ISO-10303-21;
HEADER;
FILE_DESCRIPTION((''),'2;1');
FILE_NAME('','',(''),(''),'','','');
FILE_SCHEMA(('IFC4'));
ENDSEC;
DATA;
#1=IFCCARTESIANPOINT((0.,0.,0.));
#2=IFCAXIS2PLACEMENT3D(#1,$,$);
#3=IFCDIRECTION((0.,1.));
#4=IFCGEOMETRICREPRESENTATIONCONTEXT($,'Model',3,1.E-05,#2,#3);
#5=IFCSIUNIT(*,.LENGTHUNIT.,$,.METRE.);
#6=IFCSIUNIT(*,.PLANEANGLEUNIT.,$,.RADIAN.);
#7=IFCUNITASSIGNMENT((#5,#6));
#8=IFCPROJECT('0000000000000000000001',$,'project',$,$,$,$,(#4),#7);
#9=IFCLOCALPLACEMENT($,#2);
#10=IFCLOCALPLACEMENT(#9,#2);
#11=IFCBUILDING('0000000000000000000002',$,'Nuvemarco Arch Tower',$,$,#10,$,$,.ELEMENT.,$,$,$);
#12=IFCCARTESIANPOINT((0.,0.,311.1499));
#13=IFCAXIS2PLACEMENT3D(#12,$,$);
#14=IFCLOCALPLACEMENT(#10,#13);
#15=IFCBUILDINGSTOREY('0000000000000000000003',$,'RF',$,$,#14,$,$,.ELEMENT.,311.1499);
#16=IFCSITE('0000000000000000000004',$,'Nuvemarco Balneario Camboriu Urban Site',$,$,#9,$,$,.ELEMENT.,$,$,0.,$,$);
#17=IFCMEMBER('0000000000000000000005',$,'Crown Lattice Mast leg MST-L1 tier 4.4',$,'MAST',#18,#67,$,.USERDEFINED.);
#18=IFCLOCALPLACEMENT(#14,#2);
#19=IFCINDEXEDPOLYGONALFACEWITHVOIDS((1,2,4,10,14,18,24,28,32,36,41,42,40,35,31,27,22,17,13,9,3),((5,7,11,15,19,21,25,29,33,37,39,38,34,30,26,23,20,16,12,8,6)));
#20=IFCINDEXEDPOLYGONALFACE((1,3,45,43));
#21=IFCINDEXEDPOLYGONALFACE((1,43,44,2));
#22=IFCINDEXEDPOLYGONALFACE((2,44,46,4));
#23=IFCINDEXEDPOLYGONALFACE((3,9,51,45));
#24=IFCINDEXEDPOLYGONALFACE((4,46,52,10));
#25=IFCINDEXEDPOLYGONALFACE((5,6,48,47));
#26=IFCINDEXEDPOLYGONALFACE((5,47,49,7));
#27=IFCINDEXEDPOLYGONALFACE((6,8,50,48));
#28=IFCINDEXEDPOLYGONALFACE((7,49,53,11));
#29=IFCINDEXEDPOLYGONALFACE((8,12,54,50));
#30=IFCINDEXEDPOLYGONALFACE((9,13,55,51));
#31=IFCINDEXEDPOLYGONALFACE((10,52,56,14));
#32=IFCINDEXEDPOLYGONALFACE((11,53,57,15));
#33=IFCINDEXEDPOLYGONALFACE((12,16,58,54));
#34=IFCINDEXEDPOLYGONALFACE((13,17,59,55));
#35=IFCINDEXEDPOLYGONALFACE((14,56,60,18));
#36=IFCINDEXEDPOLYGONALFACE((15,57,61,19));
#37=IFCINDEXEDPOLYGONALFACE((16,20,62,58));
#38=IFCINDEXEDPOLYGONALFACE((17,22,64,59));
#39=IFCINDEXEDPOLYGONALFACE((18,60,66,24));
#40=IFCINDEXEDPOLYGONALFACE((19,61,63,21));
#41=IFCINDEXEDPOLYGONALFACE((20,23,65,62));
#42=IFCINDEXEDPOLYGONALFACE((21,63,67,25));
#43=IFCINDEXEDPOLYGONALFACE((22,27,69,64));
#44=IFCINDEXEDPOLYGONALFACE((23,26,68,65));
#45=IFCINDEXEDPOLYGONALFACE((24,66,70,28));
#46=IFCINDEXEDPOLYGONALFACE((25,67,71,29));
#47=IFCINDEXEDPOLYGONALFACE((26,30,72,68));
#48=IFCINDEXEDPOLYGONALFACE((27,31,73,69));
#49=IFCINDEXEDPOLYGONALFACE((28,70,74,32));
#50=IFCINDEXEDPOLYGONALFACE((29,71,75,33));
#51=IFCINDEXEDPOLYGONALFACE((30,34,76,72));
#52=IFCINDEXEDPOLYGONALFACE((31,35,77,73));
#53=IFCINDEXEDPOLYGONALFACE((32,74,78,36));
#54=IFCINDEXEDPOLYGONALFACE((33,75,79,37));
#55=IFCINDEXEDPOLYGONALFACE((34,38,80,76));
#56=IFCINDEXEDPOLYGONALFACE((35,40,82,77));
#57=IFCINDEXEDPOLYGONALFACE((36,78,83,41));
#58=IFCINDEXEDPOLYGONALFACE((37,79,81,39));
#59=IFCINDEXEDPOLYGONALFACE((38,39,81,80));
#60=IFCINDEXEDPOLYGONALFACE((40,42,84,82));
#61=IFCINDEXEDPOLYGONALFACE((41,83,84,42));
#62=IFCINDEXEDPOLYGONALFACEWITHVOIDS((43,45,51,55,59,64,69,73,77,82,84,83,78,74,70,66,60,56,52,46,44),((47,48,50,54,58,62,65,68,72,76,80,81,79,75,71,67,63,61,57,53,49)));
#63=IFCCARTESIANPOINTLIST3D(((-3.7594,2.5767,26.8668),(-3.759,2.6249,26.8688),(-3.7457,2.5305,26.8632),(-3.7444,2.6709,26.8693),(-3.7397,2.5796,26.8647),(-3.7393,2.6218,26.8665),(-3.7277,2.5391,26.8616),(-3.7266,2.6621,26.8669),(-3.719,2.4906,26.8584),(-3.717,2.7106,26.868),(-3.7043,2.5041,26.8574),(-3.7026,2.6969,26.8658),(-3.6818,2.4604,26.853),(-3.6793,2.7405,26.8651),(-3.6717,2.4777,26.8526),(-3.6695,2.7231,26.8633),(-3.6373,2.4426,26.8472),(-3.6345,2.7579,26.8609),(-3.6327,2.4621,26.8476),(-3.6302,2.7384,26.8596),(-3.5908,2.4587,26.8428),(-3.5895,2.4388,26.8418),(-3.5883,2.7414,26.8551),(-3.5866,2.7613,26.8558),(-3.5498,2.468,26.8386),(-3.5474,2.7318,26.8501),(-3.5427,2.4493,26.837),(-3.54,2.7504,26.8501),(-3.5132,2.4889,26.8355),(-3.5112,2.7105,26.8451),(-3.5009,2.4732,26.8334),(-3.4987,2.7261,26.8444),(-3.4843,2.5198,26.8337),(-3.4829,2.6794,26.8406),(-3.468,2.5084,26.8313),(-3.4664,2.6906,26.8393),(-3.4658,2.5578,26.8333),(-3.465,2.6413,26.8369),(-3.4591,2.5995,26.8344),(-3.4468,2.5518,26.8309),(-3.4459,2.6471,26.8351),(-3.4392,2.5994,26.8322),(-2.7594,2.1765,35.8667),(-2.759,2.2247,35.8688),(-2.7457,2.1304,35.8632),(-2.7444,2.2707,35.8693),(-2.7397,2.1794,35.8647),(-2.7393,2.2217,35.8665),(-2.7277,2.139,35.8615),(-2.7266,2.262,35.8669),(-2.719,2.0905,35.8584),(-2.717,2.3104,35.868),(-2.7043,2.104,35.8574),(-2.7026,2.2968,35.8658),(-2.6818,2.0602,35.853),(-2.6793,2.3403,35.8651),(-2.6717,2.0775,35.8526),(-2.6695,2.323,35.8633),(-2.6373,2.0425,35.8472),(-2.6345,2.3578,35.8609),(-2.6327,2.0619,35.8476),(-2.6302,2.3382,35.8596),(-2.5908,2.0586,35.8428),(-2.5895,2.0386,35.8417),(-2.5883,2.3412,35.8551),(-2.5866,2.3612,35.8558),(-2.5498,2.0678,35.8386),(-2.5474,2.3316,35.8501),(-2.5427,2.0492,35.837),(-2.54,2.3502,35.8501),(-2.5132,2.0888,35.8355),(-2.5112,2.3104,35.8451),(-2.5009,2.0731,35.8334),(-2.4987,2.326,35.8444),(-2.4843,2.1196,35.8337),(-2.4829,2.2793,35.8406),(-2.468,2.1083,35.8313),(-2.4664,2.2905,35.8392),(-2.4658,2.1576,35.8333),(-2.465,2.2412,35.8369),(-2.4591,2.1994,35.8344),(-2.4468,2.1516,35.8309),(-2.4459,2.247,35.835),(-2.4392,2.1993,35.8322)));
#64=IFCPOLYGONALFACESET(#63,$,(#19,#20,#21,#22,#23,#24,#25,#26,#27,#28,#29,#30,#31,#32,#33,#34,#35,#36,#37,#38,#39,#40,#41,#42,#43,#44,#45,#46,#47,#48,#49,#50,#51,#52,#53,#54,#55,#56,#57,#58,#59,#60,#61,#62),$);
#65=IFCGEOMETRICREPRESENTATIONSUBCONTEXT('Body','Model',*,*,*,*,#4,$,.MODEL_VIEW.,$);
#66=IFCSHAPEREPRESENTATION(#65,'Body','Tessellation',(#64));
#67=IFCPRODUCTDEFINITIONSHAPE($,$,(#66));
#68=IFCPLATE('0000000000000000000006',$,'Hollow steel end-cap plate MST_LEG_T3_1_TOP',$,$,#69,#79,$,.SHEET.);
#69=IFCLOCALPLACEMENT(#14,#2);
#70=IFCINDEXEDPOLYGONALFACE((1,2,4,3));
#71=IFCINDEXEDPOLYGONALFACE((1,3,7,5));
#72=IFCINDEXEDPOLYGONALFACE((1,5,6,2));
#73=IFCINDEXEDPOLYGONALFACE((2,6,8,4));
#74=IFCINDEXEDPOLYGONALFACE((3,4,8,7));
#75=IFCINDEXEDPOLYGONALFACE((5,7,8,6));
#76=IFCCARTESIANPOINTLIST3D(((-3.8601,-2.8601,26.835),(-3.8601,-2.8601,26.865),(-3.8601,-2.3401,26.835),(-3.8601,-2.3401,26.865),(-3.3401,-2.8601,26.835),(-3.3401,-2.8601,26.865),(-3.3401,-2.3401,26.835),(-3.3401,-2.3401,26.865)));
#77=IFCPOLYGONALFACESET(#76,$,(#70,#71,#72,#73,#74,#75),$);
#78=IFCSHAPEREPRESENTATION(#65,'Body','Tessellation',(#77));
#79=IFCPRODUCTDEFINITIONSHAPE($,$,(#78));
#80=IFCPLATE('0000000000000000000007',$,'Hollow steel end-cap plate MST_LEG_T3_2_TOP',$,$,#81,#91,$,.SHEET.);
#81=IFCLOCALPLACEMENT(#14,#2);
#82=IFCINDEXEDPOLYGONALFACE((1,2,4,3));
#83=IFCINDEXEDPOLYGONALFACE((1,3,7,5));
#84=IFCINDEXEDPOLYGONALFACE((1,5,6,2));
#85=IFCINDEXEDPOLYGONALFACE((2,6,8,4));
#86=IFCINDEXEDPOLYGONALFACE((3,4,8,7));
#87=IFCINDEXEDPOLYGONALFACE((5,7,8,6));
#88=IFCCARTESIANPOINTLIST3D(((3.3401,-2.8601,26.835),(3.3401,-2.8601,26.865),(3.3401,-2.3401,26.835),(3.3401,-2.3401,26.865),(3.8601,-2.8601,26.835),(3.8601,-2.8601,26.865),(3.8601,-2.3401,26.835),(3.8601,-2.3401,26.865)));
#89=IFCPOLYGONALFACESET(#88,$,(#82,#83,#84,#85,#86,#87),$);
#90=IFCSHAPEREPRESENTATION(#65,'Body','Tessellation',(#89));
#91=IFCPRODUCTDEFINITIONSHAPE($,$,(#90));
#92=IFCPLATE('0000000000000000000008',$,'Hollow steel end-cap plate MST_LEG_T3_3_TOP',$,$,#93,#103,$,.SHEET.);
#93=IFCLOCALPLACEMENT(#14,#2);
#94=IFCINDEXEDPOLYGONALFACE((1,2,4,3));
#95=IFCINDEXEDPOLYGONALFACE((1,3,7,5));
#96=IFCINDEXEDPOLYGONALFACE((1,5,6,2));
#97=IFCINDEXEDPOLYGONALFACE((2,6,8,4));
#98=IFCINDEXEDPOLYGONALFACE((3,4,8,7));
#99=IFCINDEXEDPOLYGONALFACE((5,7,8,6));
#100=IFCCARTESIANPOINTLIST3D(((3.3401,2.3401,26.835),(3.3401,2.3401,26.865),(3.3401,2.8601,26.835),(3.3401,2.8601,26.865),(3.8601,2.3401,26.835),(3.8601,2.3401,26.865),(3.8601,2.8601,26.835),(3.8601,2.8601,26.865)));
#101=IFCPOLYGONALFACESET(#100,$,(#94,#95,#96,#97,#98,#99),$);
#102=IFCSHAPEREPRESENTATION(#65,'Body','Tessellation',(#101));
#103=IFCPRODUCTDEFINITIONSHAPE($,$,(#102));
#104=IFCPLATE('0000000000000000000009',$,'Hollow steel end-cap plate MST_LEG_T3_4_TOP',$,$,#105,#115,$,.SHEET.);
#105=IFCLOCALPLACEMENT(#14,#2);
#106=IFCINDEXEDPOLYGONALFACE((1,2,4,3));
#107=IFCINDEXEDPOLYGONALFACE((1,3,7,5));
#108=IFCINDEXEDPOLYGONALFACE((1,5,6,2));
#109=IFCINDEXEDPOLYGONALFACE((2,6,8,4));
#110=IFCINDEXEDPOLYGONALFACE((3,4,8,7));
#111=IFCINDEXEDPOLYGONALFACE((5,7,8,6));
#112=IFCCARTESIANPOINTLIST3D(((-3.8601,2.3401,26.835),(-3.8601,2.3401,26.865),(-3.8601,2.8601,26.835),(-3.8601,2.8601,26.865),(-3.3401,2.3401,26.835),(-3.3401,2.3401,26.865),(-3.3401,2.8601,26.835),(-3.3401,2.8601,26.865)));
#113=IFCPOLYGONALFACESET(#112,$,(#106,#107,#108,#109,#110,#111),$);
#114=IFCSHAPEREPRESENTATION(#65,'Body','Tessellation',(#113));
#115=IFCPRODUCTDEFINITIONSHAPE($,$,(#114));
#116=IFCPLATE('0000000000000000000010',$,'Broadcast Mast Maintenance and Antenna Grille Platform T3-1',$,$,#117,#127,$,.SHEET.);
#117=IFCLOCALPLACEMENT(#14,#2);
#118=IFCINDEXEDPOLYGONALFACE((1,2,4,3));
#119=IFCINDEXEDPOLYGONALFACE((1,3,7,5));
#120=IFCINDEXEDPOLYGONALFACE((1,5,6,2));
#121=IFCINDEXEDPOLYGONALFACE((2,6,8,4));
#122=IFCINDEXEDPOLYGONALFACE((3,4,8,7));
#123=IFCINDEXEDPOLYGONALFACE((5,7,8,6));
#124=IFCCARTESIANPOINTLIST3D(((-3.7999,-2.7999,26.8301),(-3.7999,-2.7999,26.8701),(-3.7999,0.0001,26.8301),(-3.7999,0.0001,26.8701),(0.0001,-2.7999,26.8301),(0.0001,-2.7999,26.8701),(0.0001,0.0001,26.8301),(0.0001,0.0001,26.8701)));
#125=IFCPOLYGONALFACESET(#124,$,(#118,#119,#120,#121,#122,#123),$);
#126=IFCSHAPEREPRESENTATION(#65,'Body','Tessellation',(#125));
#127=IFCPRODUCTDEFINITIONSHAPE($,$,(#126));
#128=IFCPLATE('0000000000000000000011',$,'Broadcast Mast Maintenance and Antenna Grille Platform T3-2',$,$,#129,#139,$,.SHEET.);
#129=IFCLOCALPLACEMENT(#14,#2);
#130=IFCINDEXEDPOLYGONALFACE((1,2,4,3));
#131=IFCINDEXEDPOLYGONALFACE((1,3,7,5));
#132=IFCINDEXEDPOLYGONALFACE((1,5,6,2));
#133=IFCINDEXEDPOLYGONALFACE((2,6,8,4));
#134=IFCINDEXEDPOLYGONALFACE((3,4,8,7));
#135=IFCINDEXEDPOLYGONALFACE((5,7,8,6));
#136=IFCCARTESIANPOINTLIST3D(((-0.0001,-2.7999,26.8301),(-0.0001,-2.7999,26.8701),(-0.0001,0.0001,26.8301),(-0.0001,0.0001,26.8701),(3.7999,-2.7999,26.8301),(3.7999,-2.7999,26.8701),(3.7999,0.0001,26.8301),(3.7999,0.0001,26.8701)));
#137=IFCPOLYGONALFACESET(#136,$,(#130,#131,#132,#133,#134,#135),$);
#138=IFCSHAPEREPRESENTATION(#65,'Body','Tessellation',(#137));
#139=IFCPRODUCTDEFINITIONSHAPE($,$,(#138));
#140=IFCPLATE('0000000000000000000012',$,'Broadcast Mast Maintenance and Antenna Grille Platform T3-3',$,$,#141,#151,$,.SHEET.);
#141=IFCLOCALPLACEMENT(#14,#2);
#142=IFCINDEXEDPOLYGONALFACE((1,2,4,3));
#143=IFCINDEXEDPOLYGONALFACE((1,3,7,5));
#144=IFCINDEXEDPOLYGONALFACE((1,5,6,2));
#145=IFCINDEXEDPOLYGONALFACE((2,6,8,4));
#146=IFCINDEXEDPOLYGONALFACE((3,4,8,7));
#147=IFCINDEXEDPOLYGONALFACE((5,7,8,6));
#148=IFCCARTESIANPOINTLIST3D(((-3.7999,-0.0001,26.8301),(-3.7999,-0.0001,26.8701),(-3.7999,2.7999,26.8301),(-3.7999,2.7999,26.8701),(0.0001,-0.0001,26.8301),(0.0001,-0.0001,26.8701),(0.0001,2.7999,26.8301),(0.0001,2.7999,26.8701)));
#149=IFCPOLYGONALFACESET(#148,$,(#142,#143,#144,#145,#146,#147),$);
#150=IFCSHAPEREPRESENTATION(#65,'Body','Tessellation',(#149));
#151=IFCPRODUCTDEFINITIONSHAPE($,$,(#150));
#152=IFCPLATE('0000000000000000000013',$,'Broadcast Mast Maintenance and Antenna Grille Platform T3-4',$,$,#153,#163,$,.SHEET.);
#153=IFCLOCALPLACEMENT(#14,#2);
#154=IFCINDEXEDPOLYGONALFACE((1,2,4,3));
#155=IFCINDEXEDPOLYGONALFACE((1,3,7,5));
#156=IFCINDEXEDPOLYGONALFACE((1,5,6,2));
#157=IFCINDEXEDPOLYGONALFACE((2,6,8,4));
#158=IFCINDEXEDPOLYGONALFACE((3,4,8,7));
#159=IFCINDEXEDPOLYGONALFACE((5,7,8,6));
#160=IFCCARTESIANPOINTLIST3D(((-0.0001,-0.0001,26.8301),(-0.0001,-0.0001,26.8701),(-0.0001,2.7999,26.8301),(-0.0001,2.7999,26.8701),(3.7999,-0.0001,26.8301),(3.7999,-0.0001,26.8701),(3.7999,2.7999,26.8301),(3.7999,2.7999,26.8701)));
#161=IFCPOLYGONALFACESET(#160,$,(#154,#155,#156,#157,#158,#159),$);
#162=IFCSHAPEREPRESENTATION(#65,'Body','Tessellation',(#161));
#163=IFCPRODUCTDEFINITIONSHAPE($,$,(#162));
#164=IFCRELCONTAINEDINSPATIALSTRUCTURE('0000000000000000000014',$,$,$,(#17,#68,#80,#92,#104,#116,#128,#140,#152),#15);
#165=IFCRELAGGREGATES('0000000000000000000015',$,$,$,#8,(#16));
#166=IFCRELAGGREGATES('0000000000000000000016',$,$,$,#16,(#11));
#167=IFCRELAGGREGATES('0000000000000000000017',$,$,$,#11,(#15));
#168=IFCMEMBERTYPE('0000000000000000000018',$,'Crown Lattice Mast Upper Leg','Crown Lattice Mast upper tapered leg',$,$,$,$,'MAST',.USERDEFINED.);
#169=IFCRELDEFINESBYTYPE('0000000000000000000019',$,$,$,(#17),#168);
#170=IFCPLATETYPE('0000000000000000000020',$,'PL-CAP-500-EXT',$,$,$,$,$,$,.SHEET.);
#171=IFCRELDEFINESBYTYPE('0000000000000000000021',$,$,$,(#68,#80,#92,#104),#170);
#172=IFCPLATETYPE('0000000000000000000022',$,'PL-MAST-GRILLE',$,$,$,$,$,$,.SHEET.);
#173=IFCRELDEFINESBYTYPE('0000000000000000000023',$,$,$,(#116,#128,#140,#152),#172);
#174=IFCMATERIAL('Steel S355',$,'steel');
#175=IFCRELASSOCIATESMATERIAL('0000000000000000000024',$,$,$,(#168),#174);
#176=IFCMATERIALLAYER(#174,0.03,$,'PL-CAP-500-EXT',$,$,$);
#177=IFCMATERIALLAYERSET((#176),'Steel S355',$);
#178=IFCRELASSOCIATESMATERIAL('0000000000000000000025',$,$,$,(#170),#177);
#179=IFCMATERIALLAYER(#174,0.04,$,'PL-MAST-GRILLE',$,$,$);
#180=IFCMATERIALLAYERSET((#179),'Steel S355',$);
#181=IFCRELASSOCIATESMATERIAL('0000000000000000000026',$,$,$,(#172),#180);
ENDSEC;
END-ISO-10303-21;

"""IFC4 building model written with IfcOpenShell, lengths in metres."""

from ifc_helpers import new_model, si_unit, direction, frame, origin, origin_2d, place, context, subcontext, project, spatial, rectangle, hollow_circle, extrude, source, transform, mapped, material, layer, layer_set, material_profile, profile_set, type_object, type_shapes, element, save


model = new_model("IFC4")

# Units and contexts
model_context = context("Model", 3, precision=1e-05, world=origin(), true_north=direction((0.0, 1.0)))
body_context = subcontext(model_context, "Body", "Model", "MODEL_VIEW")
ifc_project = project(units=[si_unit("LENGTHUNIT", "METRE"), si_unit("PLANEANGLEUNIT", "RADIAN")], contexts=[model_context])

# Site, building, storey
site_placement = place(None, origin())
site = spatial("IfcSite", under=ifc_project, at=site_placement, Name="Nuvemarco Balneario Camboriu Urban Site", CompositionType="ELEMENT", RefElevation=0.0)
building_placement = place(site_placement, origin())
building = spatial("IfcBuilding", under=site, at=building_placement, Name="Nuvemarco Arch Tower", CompositionType="ELEMENT")
storey_placement = place(building_placement, frame((0.0, 0.0, 311.1499)))
storey = spatial("IfcBuildingStorey", under=building, at=storey_placement, Name="RF", CompositionType="ELEMENT", Elevation=311.1499)

# Member
ifc_material = material(Name="Steel S355", Category="steel")
ifc_material_profile_1 = material_profile(ifc_material, hollow_circle(Radius=0.1619, WallThickness=0.02, at=origin_2d()), Name="CHS323.9x20")
ifc_profile_set_1 = profile_set([ifc_material_profile_1], Name="Steel S355")
member_type_1 = type_object("IfcMemberType", Name="Crown Lattice Mast Upper Leg", Description="Crown Lattice Mast upper tapered leg", ElementType="MAST", PredefinedType="USERDEFINED", material=ifc_profile_set_1)
for number, where, z_axis, x_axis, name in (
    (1, (-3.6001, 2.6001, 26.8501), (0.110324, -0.044146, 0.992915), (0.371508, 0.92843, 0.0), "Crown Lattice Mast leg MST-L1 tier 4.4"),
):
    element("IfcMember", number, at=place(storey_placement, frame(where, z_axis=z_axis, x_axis=x_axis)), inside=storey, type_object=member_type_1, Name=name, ObjectType="MAST", PredefinedType="USERDEFINED", context=body_context, shape_type="SweptSolid", body=[
        extrude(hollow_circle(Radius=0.1619, WallThickness=0.02, at=origin_2d()), origin(), (0.0, 0.0, 1.0), 9.0642),
    ])

# Plates
ifc_layer_1 = layer(ifc_material, 0.03, Name="PL-CAP-500-EXT")
ifc_layer_set_1 = layer_set([ifc_layer_1], Name="Steel S355")
plate_type_1 = type_object("IfcPlateType", Name="PL-CAP-500-EXT", PredefinedType="SHEET", material=ifc_layer_set_1)
shared_shape_1 = source(origin(), body_context, "Body", "SweptSolid", [
    extrude(rectangle(XDim=0.52, YDim=0.52, at=origin_2d()), origin(), (0.0, 0.0, 1.0), 0.03),
])
type_shapes(plate_type_1, [shared_shape_1])
for number, where, z_axis, x_axis, name in (
    (2, (-3.6001, -2.6001, 26.835), (0.0, 0.0, 1.0), (1.0, 0.0, 0.0), "Hollow steel end-cap plate MST_LEG_T3_1_TOP"),
    (3, (3.6001, -2.6001, 26.835), (0.0, 0.0, 1.0), (1.0, 0.0, 0.0), "Hollow steel end-cap plate MST_LEG_T3_2_TOP"),
    (4, (3.6001, 2.6001, 26.835), (0.0, 0.0, 1.0), (1.0, 0.0, 0.0), "Hollow steel end-cap plate MST_LEG_T3_3_TOP"),
    (5, (-3.6001, 2.6001, 26.835), (0.0, 0.0, 1.0), (1.0, 0.0, 0.0), "Hollow steel end-cap plate MST_LEG_T3_4_TOP"),
):
    element("IfcPlate", number, at=place(storey_placement, frame(where, z_axis=z_axis, x_axis=x_axis)), inside=storey, type_object=plate_type_1, Name=name, PredefinedType="SHEET", context=body_context, shape_type="MappedRepresentation", body=[
        mapped(shared_shape_1, transform((0.0, 0.0, 0.0), scale=1.0)),
    ])
ifc_layer_2 = layer(ifc_material, 0.04, Name="PL-MAST-GRILLE")
ifc_layer_set_2 = layer_set([ifc_layer_2], Name="Steel S355")
plate_type_2 = type_object("IfcPlateType", Name="PL-MAST-GRILLE", PredefinedType="SHEET", material=ifc_layer_set_2)
shared_shape_2 = source(origin(), body_context, "Body", "SweptSolid", [
    extrude(rectangle(XDim=3.8, YDim=2.8, at=origin_2d()), origin(), (0.0, 0.0, 1.0), 0.04),
])
type_shapes(plate_type_2, [shared_shape_2])
for number, where, z_axis, x_axis, name in (
    (6, (-1.8999, -1.3999, 26.8301), (0.0, 0.0, 1.0), (1.0, 0.0, 0.0), "Broadcast Mast Maintenance and Antenna Grille Platform T3-1"),
    (7, (1.8999, -1.3999, 26.8301), (0.0, 0.0, 1.0), (1.0, 0.0, 0.0), "Broadcast Mast Maintenance and Antenna Grille Platform T3-2"),
    (8, (-1.8999, 1.3999, 26.8301), (0.0, 0.0, 1.0), (1.0, 0.0, 0.0), "Broadcast Mast Maintenance and Antenna Grille Platform T3-3"),
    (9, (1.8999, 1.3999, 26.8301), (0.0, 0.0, 1.0), (1.0, 0.0, 0.0), "Broadcast Mast Maintenance and Antenna Grille Platform T3-4"),
):
    element("IfcPlate", number, at=place(storey_placement, frame(where, z_axis=z_axis, x_axis=x_axis)), inside=storey, type_object=plate_type_2, Name=name, PredefinedType="SHEET", context=body_context, shape_type="MappedRepresentation", body=[
        mapped(shared_shape_2, transform((0.0, 0.0, 0.0), scale=1.0)),
    ])

save(model, "model.ifc")
